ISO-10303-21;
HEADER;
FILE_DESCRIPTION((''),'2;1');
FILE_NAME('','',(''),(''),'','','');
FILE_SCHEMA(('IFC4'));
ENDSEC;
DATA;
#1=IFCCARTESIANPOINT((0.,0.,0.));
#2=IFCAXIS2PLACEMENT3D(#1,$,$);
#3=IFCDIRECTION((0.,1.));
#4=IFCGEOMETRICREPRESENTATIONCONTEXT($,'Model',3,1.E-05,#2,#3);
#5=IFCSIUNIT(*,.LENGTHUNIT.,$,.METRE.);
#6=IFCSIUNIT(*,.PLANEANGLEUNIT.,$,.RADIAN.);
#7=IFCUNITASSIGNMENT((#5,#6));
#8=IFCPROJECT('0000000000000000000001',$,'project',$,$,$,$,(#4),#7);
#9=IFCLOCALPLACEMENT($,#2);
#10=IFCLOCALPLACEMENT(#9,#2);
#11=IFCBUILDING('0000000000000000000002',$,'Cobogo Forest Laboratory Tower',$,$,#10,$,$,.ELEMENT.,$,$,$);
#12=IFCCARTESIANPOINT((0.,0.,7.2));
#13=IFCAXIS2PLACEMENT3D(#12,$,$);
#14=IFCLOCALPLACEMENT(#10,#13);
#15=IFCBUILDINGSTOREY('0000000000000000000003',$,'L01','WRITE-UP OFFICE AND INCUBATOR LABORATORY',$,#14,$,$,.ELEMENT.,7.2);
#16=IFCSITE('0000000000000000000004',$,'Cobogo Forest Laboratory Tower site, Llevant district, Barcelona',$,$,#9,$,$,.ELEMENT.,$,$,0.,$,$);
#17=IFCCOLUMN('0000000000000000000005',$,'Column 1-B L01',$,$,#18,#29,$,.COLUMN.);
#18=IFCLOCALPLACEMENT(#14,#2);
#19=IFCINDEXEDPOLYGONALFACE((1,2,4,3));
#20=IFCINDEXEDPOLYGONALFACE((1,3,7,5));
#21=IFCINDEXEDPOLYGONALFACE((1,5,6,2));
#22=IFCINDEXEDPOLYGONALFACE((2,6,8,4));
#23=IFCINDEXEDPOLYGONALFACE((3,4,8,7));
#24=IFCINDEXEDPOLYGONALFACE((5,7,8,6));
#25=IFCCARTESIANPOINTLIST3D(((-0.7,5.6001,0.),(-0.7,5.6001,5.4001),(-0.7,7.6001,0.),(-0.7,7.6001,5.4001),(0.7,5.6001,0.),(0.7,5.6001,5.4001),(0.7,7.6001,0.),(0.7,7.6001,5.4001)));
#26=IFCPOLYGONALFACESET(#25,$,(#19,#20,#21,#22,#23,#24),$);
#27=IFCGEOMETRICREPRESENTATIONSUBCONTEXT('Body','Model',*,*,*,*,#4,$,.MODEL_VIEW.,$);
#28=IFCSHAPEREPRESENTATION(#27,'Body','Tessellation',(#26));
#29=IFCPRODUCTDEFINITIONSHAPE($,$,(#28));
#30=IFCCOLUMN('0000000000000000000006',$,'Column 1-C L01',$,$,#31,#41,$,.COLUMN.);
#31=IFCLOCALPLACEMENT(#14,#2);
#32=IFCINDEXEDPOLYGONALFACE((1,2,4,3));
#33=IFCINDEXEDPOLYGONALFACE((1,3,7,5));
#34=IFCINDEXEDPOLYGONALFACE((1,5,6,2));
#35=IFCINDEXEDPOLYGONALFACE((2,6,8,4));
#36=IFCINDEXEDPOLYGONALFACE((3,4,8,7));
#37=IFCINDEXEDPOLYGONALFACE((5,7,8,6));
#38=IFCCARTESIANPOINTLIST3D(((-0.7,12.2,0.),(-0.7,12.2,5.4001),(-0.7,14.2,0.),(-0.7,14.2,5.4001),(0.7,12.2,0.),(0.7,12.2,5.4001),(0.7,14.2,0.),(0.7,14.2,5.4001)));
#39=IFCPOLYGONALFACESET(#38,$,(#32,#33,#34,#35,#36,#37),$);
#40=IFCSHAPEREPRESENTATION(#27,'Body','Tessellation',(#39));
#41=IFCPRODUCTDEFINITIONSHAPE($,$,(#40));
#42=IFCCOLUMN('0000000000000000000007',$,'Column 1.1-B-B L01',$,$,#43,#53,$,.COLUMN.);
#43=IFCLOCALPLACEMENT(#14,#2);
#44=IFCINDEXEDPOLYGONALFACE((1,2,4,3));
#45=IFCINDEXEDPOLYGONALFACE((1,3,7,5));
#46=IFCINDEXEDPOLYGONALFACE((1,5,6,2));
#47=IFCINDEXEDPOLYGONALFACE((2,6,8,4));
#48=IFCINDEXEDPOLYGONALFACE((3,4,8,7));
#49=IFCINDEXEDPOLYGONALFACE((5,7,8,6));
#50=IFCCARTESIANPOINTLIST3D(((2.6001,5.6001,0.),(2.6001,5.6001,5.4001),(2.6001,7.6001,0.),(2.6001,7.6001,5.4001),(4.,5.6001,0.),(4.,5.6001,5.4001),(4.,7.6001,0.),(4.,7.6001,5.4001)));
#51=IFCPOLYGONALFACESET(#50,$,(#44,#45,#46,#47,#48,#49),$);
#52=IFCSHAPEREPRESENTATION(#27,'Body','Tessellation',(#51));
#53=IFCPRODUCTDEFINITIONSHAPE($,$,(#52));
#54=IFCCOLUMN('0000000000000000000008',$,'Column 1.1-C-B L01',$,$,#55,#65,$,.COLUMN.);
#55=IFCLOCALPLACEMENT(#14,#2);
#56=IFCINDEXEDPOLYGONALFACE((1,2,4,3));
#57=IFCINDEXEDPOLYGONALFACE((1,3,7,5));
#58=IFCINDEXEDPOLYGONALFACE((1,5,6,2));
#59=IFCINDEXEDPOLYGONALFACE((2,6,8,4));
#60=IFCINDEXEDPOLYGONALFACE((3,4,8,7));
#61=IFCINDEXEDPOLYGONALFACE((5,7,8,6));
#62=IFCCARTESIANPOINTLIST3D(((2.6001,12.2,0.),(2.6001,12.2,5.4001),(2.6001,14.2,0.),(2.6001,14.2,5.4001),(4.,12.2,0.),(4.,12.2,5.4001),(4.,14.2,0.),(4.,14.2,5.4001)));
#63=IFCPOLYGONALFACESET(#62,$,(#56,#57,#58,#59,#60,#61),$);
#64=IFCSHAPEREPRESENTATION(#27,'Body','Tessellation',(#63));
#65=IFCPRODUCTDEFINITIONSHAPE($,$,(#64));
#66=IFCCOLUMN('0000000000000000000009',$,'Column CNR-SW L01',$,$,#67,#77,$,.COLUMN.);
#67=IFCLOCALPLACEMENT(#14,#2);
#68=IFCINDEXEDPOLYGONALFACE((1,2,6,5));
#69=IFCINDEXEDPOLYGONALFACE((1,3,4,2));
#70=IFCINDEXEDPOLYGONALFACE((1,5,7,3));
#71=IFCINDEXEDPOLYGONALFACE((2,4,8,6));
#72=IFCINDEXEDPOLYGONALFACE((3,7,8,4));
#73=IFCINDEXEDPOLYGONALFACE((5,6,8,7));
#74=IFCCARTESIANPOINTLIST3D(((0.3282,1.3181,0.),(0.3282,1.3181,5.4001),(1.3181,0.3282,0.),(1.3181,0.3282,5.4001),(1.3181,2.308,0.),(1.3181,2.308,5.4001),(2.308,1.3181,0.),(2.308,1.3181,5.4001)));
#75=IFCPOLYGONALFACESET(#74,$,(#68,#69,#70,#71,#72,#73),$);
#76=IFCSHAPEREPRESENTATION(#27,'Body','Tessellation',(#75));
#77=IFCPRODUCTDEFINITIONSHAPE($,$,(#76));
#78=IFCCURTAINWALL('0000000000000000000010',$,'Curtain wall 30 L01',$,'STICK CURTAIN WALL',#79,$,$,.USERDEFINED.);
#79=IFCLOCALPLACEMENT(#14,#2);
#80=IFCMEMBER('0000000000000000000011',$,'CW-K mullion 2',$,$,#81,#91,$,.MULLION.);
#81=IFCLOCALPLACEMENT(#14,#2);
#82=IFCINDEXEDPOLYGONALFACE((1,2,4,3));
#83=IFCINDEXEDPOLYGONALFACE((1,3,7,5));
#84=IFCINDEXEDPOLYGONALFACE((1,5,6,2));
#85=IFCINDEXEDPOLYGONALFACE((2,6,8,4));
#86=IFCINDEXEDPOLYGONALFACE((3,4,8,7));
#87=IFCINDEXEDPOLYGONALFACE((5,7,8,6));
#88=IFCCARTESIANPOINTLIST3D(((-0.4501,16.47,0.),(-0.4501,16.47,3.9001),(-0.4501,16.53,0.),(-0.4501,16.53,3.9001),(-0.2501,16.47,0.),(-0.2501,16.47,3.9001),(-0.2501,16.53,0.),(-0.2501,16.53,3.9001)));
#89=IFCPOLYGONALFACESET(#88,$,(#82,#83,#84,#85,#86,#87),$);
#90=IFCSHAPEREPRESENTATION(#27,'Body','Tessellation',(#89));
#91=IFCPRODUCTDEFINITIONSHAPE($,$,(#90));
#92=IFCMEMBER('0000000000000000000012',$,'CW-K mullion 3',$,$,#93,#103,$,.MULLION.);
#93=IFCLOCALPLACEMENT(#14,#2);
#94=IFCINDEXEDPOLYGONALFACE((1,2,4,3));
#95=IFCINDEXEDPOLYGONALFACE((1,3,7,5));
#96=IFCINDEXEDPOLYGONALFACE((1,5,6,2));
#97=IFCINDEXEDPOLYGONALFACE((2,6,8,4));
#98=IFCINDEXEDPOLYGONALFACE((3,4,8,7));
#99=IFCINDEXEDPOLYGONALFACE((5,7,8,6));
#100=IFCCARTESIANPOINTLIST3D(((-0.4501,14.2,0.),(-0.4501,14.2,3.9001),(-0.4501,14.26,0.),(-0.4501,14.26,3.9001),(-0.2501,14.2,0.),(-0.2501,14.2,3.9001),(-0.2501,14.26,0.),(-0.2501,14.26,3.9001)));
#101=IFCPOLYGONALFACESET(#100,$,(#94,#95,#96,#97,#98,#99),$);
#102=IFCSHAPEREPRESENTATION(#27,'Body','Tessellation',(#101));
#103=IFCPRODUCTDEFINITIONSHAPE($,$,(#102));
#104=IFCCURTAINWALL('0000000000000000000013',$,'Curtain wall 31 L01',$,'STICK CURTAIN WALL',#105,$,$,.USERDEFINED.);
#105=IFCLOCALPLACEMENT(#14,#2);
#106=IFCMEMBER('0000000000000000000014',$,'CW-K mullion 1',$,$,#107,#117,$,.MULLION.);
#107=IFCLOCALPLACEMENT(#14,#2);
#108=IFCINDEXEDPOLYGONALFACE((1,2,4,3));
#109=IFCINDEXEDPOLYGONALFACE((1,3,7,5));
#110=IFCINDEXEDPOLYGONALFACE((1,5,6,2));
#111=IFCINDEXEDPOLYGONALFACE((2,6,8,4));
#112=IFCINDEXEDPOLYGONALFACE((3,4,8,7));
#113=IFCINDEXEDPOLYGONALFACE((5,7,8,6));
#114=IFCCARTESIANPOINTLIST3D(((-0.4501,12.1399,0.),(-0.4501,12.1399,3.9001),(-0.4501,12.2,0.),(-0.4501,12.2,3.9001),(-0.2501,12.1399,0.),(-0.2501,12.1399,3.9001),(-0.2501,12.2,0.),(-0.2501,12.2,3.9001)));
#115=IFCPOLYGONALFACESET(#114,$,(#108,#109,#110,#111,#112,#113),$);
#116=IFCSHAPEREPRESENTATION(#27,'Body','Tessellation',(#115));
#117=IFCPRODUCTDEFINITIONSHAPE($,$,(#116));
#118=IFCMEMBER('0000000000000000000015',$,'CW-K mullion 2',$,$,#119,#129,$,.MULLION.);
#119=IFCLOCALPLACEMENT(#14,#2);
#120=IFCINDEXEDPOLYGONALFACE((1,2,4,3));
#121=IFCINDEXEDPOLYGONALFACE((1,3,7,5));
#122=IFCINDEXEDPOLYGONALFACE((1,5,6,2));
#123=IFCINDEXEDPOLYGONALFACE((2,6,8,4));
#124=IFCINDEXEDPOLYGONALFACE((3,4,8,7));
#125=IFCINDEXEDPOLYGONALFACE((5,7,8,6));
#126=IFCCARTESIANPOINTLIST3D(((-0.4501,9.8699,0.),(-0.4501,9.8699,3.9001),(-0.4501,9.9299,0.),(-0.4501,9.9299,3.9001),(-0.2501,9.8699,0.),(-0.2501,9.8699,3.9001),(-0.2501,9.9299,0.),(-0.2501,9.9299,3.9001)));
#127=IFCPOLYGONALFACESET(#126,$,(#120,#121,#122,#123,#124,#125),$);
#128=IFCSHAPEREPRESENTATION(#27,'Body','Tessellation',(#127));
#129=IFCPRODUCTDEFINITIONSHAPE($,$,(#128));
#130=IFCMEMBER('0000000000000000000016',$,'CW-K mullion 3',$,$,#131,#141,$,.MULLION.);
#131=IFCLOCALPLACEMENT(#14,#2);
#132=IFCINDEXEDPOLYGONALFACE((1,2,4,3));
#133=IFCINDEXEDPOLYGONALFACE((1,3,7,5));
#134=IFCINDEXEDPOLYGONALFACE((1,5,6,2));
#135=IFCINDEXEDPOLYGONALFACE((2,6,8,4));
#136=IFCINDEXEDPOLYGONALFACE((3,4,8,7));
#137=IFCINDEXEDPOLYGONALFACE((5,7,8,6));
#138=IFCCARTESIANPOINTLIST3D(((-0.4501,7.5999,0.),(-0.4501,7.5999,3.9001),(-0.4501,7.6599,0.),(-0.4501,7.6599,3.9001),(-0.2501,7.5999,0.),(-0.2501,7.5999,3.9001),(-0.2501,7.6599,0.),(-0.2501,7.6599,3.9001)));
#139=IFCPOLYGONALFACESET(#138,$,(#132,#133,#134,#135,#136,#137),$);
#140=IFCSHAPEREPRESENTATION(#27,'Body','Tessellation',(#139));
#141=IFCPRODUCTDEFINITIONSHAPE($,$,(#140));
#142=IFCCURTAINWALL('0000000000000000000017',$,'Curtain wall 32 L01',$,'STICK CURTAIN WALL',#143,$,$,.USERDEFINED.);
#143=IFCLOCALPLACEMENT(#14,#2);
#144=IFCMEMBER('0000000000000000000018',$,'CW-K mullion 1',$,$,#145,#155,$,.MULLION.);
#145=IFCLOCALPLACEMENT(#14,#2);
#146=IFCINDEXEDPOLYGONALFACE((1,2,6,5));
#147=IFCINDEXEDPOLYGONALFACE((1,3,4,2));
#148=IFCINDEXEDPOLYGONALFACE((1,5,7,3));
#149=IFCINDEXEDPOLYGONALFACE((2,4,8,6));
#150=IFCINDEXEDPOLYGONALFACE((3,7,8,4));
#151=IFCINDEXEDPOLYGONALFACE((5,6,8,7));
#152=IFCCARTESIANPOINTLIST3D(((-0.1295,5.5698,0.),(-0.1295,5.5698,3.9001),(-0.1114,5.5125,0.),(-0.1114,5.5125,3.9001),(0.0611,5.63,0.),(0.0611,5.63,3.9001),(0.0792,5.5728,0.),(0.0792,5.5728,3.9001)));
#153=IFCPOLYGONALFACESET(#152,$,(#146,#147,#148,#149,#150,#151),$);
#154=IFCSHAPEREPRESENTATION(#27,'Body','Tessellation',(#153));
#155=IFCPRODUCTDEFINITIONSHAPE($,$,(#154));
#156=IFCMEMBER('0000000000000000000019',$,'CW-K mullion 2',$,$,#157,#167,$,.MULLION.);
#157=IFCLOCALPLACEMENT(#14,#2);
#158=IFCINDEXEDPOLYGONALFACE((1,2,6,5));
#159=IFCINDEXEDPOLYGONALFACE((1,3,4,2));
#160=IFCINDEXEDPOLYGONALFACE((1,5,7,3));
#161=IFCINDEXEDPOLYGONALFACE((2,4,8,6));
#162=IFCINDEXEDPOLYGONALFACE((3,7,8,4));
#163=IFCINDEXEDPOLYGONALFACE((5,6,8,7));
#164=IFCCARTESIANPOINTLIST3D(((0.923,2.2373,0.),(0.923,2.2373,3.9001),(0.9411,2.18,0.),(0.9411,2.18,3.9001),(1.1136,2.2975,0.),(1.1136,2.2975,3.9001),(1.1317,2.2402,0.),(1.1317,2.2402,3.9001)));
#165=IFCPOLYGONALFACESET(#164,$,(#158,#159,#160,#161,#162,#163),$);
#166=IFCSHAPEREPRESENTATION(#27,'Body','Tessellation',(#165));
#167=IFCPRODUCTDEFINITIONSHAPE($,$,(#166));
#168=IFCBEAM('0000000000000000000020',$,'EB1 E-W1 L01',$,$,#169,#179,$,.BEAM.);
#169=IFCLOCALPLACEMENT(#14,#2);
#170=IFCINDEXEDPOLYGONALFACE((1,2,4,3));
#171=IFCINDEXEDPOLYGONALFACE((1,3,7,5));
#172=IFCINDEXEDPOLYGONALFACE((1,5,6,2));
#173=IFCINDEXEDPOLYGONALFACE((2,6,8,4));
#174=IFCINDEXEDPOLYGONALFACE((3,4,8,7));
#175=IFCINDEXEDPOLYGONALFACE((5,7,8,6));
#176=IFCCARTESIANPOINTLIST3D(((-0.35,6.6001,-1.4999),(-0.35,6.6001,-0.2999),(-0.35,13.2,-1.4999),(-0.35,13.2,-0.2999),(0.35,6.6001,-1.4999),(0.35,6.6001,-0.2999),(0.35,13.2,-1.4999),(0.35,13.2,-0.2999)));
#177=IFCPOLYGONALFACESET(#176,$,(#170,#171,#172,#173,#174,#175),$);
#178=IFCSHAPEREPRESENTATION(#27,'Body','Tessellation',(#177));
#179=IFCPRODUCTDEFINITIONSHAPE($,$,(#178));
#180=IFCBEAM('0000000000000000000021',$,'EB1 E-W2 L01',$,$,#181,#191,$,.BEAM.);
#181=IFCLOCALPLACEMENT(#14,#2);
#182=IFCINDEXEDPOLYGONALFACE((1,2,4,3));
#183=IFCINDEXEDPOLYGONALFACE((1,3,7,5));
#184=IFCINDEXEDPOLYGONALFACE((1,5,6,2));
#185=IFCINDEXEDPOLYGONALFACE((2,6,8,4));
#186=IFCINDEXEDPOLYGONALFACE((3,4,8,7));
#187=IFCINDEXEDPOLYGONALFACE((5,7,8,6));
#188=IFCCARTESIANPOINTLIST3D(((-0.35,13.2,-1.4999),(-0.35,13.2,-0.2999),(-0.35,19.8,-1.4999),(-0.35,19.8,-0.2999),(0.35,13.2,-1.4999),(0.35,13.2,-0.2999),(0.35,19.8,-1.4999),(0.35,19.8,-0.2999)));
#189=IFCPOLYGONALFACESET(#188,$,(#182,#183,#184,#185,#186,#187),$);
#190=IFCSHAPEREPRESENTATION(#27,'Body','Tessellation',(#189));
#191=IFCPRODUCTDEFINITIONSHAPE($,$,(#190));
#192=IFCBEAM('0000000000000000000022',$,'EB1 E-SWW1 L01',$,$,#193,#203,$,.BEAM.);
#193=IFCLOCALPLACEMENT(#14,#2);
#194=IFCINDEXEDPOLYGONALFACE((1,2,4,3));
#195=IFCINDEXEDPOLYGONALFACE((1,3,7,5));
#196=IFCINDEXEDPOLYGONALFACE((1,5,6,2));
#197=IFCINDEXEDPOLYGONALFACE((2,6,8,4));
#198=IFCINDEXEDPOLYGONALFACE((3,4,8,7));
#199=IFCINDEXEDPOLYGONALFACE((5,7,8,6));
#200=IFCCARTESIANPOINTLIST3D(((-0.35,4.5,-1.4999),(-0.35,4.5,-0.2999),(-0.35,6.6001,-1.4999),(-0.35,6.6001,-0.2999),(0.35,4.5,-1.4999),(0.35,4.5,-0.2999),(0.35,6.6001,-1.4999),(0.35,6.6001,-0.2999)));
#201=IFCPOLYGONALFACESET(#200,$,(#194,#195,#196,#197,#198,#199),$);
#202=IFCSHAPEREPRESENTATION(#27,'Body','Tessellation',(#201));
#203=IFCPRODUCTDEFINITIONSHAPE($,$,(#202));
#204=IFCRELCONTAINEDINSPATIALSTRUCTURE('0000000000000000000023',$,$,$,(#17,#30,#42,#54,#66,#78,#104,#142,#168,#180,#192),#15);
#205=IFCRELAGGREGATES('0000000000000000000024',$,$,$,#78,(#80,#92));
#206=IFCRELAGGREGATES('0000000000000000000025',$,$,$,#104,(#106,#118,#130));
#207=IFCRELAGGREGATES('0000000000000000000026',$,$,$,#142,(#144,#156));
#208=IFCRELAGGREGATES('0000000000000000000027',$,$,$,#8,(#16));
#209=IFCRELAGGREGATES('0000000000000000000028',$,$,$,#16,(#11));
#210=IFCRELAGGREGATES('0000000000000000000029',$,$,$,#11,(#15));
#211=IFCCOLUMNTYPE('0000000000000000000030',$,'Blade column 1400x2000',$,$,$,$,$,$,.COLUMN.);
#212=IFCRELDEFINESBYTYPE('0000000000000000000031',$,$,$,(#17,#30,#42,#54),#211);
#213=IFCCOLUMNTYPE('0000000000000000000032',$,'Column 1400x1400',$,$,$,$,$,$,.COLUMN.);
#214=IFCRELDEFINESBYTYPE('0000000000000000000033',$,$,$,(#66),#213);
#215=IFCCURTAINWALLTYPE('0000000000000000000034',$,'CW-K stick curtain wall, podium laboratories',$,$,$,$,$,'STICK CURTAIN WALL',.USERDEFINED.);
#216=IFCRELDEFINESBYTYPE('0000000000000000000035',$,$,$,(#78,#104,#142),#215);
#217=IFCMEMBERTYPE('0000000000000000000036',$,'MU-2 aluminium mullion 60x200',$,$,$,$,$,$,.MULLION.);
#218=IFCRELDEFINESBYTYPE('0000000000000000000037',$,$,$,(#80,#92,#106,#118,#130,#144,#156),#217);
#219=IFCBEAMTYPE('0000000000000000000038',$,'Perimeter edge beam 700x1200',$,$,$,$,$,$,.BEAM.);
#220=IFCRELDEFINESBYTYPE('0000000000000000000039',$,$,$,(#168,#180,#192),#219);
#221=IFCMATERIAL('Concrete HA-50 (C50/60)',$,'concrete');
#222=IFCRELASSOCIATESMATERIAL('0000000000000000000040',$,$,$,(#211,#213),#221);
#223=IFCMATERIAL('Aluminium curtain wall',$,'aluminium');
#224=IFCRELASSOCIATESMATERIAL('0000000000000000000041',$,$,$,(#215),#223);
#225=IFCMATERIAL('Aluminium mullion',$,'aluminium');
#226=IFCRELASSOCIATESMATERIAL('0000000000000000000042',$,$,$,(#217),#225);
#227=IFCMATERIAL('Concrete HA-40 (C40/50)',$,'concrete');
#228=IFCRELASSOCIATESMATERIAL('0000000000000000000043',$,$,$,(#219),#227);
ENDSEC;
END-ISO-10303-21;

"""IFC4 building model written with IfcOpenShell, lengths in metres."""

from ifc_helpers import new_model, si_unit, direction, frame, origin, origin_2d, place, context, subcontext, project, spatial, rectangle, extrude, material, material_profile, profile_set, type_object, element, aggregate, save


model = new_model("IFC4")

# Units and contexts
model_context = context("Model", 3, precision=1e-05, world=origin(), true_north=direction((0.0, 1.0)))
body_context = subcontext(model_context, "Body", "Model", "MODEL_VIEW")
ifc_project = project(units=[si_unit("LENGTHUNIT", "METRE"), si_unit("PLANEANGLEUNIT", "RADIAN")], contexts=[model_context])

# Site, building, storey
site_placement = place(None, origin())
site = spatial("IfcSite", under=ifc_project, at=site_placement, Name="Cobogo Forest Laboratory Tower site, Llevant district, Barcelona", CompositionType="ELEMENT", RefElevation=0.0)
building_placement = place(site_placement, origin())
building = spatial("IfcBuilding", under=site, at=building_placement, Name="Cobogo Forest Laboratory Tower", CompositionType="ELEMENT")
storey_placement = place(building_placement, frame((0.0, 0.0, 7.2)))
storey = spatial("IfcBuildingStorey", under=building, at=storey_placement, Name="L01", Description="WRITE-UP OFFICE AND INCUBATOR LABORATORY", CompositionType="ELEMENT", Elevation=7.2)

# Columns
ifc_material_1 = material(Name="Concrete HA-50 (C50/60)", Category="concrete")
ifc_material_profile_1 = material_profile(ifc_material_1, rectangle(XDim=2.0, YDim=1.3999, at=origin_2d()), Name="RC 1400x2000")
ifc_profile_set_1 = profile_set([ifc_material_profile_1], Name="Concrete HA-50 (C50/60)")
column_type_1 = type_object("IfcColumnType", Name="Blade column 1400x2000", PredefinedType="COLUMN", material=ifc_profile_set_1)
for number, where, z_axis, x_axis, name in (
    (1, (0.0, 6.6001, 0.0), (0.0, 0.0, 1.0), (0.0, 1.0, 0.0), "Column 1-B L01"),
    (2, (0.0, 13.2, 0.0), (0.0, 0.0, 1.0), (0.0, 1.0, 0.0), "Column 1-C L01"),
    (3, (3.3, 6.6001, 0.0), (0.0, 0.0, 1.0), (0.0, 1.0, 0.0), "Column 1.1-B-B L01"),
    (4, (3.3, 13.2, 0.0), (0.0, 0.0, 1.0), (0.0, 1.0, 0.0), "Column 1.1-C-B L01"),
):
    element("IfcColumn", number, at=place(storey_placement, frame(where, z_axis=z_axis, x_axis=x_axis)), inside=storey, type_object=column_type_1, Name=name, PredefinedType="COLUMN", context=body_context, shape_type="SweptSolid", body=[
        extrude(rectangle(XDim=2.0, YDim=1.3999, at=origin_2d()), origin(), (0.0, 0.0, 1.0), 5.4001),
    ])
ifc_material_profile_2 = material_profile(ifc_material_1, rectangle(XDim=1.3999, YDim=1.3999, at=origin_2d()), Name="RC 1400x1400")
ifc_profile_set_2 = profile_set([ifc_material_profile_2], Name="Concrete HA-50 (C50/60)")
column_type_2 = type_object("IfcColumnType", Name="Column 1400x1400", PredefinedType="COLUMN", material=ifc_profile_set_2)
column_placement = place(storey_placement, frame((1.3181, 1.3181, 0.0), z_axis=(0.0, 0.0, 1.0), x_axis=(0.707107, 0.707107, 0.0)))
element("IfcColumn", 5, at=column_placement, inside=storey, type_object=column_type_2, Name="Column CNR-SW L01", PredefinedType="COLUMN", context=body_context, shape_type="SweptSolid", body=[
    extrude(rectangle(XDim=1.3999, YDim=1.3999, at=origin_2d()), origin(), (0.0, 0.0, 1.0), 5.4001),
])

# Curtain walls, members
ifc_material_2 = material(Name="Aluminium curtain wall", Category="aluminium")
curtain_wall_type = type_object("IfcCurtainWallType", Name="CW-K stick curtain wall, podium laboratories", ElementType="STICK CURTAIN WALL", PredefinedType="USERDEFINED", material=ifc_material_2)
curtain_wall_1_placement = place(storey_placement, origin())
curtain_wall_1 = element("IfcCurtainWall", 6, at=curtain_wall_1_placement, inside=storey, type_object=curtain_wall_type, Name="Curtain wall 30 L01", ObjectType="STICK CURTAIN WALL", PredefinedType="USERDEFINED")
ifc_material_3 = material(Name="Aluminium mullion", Category="aluminium")
ifc_material_profile_3 = material_profile(ifc_material_3, rectangle(XDim=0.0601, YDim=0.2, at=origin_2d()), Name="AL 60x200")
ifc_profile_set_3 = profile_set([ifc_material_profile_3], Name="Aluminium mullion")
member_type_1 = type_object("IfcMemberType", Name="MU-2 aluminium mullion 60x200", PredefinedType="MULLION", material=ifc_profile_set_3)
member_1_placement = place(storey_placement, frame((-0.3501, 16.5, 0.0), z_axis=(0.0, 0.0, 1.0), x_axis=(0.0, -1.0, 0.0)))
member_1 = element("IfcMember", 7, at=member_1_placement, type_object=member_type_1, Name="CW-K mullion 2", PredefinedType="MULLION", context=body_context, shape_type="SweptSolid", body=[
    extrude(rectangle(XDim=0.0601, YDim=0.2, at=origin_2d()), origin(), (0.0, 0.0, 1.0), 3.9001),
])
member_2_placement = place(storey_placement, frame((-0.3501, 14.23, 0.0), z_axis=(0.0, 0.0, 1.0), x_axis=(0.0, -1.0, 0.0)))
member_2 = element("IfcMember", 8, at=member_2_placement, type_object=member_type_1, Name="CW-K mullion 3", PredefinedType="MULLION", context=body_context, shape_type="SweptSolid", body=[
    extrude(rectangle(XDim=0.0601, YDim=0.2, at=origin_2d()), origin(), (0.0, 0.0, 1.0), 3.9001),
])
curtain_wall_2_placement = place(storey_placement, origin())
curtain_wall_2 = element("IfcCurtainWall", 9, at=curtain_wall_2_placement, inside=storey, type_object=curtain_wall_type, Name="Curtain wall 31 L01", ObjectType="STICK CURTAIN WALL", PredefinedType="USERDEFINED")
member_3_placement = place(storey_placement, frame((-0.3501, 12.1699, 0.0), z_axis=(0.0, 0.0, 1.0), x_axis=(0.0, -1.0, 0.0)))
member_3 = element("IfcMember", 10, at=member_3_placement, type_object=member_type_1, Name="CW-K mullion 1", PredefinedType="MULLION", context=body_context, shape_type="SweptSolid", body=[
    extrude(rectangle(XDim=0.0601, YDim=0.2, at=origin_2d()), origin(), (0.0, 0.0, 1.0), 3.9001),
])
member_4_placement = place(storey_placement, frame((-0.3501, 9.8999, 0.0), z_axis=(0.0, 0.0, 1.0), x_axis=(0.0, -1.0, 0.0)))
member_4 = element("IfcMember", 11, at=member_4_placement, type_object=member_type_1, Name="CW-K mullion 2", PredefinedType="MULLION", context=body_context, shape_type="SweptSolid", body=[
    extrude(rectangle(XDim=0.0601, YDim=0.2, at=origin_2d()), origin(), (0.0, 0.0, 1.0), 3.9001),
])
member_5_placement = place(storey_placement, frame((-0.3501, 7.6299, 0.0), z_axis=(0.0, 0.0, 1.0), x_axis=(0.0, -1.0, 0.0)))
member_5 = element("IfcMember", 12, at=member_5_placement, type_object=member_type_1, Name="CW-K mullion 3", PredefinedType="MULLION", context=body_context, shape_type="SweptSolid", body=[
    extrude(rectangle(XDim=0.0601, YDim=0.2, at=origin_2d()), origin(), (0.0, 0.0, 1.0), 3.9001),
])
curtain_wall_3_placement = place(storey_placement, origin())
curtain_wall_3 = element("IfcCurtainWall", 13, at=curtain_wall_3_placement, inside=storey, type_object=curtain_wall_type, Name="Curtain wall 32 L01", ObjectType="STICK CURTAIN WALL", PredefinedType="USERDEFINED")
member_6_placement = place(storey_placement, frame((-0.0251, 5.5713, 0.0), z_axis=(0.0, 0.0, 1.0), x_axis=(0.301135, -0.953581, 0.0)))
member_6 = element("IfcMember", 14, at=member_6_placement, type_object=member_type_1, Name="CW-K mullion 1", PredefinedType="MULLION", context=body_context, shape_type="SweptSolid", body=[
    extrude(rectangle(XDim=0.0601, YDim=0.2, at=origin_2d()), origin(), (0.0, 0.0, 1.0), 3.9001),
])
member_7_placement = place(storey_placement, frame((1.0273, 2.2388, 0.0), z_axis=(0.0, 0.0, 1.0), x_axis=(0.301135, -0.953581, 0.0)))
member_7 = element("IfcMember", 15, at=member_7_placement, type_object=member_type_1, Name="CW-K mullion 2", PredefinedType="MULLION", context=body_context, shape_type="SweptSolid", body=[
    extrude(rectangle(XDim=0.0601, YDim=0.2, at=origin_2d()), origin(), (0.0, 0.0, 1.0), 3.9001),
])

# Beams
ifc_material_4 = material(Name="Concrete HA-40 (C40/50)", Category="concrete")
ifc_material_profile_4 = material_profile(ifc_material_4, rectangle(XDim=0.7, YDim=1.2, at=origin_2d()), Name="RC 700x1200")
ifc_profile_set_4 = profile_set([ifc_material_profile_4], Name="Concrete HA-40 (C40/50)")
beam_type_1 = type_object("IfcBeamType", Name="Perimeter edge beam 700x1200", PredefinedType="BEAM", material=ifc_profile_set_4)
beam_1_placement = place(storey_placement, frame((0.0, 6.6001, -0.8999), z_axis=(0.0, 1.0, 0.0), x_axis=(-1.0, 0.0, 0.0)))
element("IfcBeam", 16, at=beam_1_placement, inside=storey, type_object=beam_type_1, Name="EB1 E-W1 L01", PredefinedType="BEAM", context=body_context, shape_type="SweptSolid", body=[
    extrude(rectangle(XDim=0.7, YDim=1.2, at=origin_2d()), origin(), (0.0, 0.0, 1.0), 6.5999),
])
beam_2_placement = place(storey_placement, frame((0.0, 13.2, -0.8999), z_axis=(0.0, 1.0, 0.0), x_axis=(-1.0, 0.0, 0.0)))
element("IfcBeam", 17, at=beam_2_placement, inside=storey, type_object=beam_type_1, Name="EB1 E-W2 L01", PredefinedType="BEAM", context=body_context, shape_type="SweptSolid", body=[
    extrude(rectangle(XDim=0.7, YDim=1.2, at=origin_2d()), origin(), (0.0, 0.0, 1.0), 6.6001),
])
beam_3_placement = place(storey_placement, frame((0.0, 6.6001, -0.8999), z_axis=(0.0, -1.0, 0.0), x_axis=(1.0, 0.0, 0.0)))
element("IfcBeam", 18, at=beam_3_placement, inside=storey, type_object=beam_type_1, Name="EB1 E-SWW1 L01", PredefinedType="BEAM", context=body_context, shape_type="SweptSolid", body=[
    extrude(rectangle(XDim=0.7, YDim=1.2, at=origin_2d()), origin(), (0.0, 0.0, 1.0), 2.1001),
])

aggregate(curtain_wall_1, [member_1, member_2])
aggregate(curtain_wall_2, [member_3, member_4, member_5])
aggregate(curtain_wall_3, [member_6, member_7])

save(model, "model.ifc")
